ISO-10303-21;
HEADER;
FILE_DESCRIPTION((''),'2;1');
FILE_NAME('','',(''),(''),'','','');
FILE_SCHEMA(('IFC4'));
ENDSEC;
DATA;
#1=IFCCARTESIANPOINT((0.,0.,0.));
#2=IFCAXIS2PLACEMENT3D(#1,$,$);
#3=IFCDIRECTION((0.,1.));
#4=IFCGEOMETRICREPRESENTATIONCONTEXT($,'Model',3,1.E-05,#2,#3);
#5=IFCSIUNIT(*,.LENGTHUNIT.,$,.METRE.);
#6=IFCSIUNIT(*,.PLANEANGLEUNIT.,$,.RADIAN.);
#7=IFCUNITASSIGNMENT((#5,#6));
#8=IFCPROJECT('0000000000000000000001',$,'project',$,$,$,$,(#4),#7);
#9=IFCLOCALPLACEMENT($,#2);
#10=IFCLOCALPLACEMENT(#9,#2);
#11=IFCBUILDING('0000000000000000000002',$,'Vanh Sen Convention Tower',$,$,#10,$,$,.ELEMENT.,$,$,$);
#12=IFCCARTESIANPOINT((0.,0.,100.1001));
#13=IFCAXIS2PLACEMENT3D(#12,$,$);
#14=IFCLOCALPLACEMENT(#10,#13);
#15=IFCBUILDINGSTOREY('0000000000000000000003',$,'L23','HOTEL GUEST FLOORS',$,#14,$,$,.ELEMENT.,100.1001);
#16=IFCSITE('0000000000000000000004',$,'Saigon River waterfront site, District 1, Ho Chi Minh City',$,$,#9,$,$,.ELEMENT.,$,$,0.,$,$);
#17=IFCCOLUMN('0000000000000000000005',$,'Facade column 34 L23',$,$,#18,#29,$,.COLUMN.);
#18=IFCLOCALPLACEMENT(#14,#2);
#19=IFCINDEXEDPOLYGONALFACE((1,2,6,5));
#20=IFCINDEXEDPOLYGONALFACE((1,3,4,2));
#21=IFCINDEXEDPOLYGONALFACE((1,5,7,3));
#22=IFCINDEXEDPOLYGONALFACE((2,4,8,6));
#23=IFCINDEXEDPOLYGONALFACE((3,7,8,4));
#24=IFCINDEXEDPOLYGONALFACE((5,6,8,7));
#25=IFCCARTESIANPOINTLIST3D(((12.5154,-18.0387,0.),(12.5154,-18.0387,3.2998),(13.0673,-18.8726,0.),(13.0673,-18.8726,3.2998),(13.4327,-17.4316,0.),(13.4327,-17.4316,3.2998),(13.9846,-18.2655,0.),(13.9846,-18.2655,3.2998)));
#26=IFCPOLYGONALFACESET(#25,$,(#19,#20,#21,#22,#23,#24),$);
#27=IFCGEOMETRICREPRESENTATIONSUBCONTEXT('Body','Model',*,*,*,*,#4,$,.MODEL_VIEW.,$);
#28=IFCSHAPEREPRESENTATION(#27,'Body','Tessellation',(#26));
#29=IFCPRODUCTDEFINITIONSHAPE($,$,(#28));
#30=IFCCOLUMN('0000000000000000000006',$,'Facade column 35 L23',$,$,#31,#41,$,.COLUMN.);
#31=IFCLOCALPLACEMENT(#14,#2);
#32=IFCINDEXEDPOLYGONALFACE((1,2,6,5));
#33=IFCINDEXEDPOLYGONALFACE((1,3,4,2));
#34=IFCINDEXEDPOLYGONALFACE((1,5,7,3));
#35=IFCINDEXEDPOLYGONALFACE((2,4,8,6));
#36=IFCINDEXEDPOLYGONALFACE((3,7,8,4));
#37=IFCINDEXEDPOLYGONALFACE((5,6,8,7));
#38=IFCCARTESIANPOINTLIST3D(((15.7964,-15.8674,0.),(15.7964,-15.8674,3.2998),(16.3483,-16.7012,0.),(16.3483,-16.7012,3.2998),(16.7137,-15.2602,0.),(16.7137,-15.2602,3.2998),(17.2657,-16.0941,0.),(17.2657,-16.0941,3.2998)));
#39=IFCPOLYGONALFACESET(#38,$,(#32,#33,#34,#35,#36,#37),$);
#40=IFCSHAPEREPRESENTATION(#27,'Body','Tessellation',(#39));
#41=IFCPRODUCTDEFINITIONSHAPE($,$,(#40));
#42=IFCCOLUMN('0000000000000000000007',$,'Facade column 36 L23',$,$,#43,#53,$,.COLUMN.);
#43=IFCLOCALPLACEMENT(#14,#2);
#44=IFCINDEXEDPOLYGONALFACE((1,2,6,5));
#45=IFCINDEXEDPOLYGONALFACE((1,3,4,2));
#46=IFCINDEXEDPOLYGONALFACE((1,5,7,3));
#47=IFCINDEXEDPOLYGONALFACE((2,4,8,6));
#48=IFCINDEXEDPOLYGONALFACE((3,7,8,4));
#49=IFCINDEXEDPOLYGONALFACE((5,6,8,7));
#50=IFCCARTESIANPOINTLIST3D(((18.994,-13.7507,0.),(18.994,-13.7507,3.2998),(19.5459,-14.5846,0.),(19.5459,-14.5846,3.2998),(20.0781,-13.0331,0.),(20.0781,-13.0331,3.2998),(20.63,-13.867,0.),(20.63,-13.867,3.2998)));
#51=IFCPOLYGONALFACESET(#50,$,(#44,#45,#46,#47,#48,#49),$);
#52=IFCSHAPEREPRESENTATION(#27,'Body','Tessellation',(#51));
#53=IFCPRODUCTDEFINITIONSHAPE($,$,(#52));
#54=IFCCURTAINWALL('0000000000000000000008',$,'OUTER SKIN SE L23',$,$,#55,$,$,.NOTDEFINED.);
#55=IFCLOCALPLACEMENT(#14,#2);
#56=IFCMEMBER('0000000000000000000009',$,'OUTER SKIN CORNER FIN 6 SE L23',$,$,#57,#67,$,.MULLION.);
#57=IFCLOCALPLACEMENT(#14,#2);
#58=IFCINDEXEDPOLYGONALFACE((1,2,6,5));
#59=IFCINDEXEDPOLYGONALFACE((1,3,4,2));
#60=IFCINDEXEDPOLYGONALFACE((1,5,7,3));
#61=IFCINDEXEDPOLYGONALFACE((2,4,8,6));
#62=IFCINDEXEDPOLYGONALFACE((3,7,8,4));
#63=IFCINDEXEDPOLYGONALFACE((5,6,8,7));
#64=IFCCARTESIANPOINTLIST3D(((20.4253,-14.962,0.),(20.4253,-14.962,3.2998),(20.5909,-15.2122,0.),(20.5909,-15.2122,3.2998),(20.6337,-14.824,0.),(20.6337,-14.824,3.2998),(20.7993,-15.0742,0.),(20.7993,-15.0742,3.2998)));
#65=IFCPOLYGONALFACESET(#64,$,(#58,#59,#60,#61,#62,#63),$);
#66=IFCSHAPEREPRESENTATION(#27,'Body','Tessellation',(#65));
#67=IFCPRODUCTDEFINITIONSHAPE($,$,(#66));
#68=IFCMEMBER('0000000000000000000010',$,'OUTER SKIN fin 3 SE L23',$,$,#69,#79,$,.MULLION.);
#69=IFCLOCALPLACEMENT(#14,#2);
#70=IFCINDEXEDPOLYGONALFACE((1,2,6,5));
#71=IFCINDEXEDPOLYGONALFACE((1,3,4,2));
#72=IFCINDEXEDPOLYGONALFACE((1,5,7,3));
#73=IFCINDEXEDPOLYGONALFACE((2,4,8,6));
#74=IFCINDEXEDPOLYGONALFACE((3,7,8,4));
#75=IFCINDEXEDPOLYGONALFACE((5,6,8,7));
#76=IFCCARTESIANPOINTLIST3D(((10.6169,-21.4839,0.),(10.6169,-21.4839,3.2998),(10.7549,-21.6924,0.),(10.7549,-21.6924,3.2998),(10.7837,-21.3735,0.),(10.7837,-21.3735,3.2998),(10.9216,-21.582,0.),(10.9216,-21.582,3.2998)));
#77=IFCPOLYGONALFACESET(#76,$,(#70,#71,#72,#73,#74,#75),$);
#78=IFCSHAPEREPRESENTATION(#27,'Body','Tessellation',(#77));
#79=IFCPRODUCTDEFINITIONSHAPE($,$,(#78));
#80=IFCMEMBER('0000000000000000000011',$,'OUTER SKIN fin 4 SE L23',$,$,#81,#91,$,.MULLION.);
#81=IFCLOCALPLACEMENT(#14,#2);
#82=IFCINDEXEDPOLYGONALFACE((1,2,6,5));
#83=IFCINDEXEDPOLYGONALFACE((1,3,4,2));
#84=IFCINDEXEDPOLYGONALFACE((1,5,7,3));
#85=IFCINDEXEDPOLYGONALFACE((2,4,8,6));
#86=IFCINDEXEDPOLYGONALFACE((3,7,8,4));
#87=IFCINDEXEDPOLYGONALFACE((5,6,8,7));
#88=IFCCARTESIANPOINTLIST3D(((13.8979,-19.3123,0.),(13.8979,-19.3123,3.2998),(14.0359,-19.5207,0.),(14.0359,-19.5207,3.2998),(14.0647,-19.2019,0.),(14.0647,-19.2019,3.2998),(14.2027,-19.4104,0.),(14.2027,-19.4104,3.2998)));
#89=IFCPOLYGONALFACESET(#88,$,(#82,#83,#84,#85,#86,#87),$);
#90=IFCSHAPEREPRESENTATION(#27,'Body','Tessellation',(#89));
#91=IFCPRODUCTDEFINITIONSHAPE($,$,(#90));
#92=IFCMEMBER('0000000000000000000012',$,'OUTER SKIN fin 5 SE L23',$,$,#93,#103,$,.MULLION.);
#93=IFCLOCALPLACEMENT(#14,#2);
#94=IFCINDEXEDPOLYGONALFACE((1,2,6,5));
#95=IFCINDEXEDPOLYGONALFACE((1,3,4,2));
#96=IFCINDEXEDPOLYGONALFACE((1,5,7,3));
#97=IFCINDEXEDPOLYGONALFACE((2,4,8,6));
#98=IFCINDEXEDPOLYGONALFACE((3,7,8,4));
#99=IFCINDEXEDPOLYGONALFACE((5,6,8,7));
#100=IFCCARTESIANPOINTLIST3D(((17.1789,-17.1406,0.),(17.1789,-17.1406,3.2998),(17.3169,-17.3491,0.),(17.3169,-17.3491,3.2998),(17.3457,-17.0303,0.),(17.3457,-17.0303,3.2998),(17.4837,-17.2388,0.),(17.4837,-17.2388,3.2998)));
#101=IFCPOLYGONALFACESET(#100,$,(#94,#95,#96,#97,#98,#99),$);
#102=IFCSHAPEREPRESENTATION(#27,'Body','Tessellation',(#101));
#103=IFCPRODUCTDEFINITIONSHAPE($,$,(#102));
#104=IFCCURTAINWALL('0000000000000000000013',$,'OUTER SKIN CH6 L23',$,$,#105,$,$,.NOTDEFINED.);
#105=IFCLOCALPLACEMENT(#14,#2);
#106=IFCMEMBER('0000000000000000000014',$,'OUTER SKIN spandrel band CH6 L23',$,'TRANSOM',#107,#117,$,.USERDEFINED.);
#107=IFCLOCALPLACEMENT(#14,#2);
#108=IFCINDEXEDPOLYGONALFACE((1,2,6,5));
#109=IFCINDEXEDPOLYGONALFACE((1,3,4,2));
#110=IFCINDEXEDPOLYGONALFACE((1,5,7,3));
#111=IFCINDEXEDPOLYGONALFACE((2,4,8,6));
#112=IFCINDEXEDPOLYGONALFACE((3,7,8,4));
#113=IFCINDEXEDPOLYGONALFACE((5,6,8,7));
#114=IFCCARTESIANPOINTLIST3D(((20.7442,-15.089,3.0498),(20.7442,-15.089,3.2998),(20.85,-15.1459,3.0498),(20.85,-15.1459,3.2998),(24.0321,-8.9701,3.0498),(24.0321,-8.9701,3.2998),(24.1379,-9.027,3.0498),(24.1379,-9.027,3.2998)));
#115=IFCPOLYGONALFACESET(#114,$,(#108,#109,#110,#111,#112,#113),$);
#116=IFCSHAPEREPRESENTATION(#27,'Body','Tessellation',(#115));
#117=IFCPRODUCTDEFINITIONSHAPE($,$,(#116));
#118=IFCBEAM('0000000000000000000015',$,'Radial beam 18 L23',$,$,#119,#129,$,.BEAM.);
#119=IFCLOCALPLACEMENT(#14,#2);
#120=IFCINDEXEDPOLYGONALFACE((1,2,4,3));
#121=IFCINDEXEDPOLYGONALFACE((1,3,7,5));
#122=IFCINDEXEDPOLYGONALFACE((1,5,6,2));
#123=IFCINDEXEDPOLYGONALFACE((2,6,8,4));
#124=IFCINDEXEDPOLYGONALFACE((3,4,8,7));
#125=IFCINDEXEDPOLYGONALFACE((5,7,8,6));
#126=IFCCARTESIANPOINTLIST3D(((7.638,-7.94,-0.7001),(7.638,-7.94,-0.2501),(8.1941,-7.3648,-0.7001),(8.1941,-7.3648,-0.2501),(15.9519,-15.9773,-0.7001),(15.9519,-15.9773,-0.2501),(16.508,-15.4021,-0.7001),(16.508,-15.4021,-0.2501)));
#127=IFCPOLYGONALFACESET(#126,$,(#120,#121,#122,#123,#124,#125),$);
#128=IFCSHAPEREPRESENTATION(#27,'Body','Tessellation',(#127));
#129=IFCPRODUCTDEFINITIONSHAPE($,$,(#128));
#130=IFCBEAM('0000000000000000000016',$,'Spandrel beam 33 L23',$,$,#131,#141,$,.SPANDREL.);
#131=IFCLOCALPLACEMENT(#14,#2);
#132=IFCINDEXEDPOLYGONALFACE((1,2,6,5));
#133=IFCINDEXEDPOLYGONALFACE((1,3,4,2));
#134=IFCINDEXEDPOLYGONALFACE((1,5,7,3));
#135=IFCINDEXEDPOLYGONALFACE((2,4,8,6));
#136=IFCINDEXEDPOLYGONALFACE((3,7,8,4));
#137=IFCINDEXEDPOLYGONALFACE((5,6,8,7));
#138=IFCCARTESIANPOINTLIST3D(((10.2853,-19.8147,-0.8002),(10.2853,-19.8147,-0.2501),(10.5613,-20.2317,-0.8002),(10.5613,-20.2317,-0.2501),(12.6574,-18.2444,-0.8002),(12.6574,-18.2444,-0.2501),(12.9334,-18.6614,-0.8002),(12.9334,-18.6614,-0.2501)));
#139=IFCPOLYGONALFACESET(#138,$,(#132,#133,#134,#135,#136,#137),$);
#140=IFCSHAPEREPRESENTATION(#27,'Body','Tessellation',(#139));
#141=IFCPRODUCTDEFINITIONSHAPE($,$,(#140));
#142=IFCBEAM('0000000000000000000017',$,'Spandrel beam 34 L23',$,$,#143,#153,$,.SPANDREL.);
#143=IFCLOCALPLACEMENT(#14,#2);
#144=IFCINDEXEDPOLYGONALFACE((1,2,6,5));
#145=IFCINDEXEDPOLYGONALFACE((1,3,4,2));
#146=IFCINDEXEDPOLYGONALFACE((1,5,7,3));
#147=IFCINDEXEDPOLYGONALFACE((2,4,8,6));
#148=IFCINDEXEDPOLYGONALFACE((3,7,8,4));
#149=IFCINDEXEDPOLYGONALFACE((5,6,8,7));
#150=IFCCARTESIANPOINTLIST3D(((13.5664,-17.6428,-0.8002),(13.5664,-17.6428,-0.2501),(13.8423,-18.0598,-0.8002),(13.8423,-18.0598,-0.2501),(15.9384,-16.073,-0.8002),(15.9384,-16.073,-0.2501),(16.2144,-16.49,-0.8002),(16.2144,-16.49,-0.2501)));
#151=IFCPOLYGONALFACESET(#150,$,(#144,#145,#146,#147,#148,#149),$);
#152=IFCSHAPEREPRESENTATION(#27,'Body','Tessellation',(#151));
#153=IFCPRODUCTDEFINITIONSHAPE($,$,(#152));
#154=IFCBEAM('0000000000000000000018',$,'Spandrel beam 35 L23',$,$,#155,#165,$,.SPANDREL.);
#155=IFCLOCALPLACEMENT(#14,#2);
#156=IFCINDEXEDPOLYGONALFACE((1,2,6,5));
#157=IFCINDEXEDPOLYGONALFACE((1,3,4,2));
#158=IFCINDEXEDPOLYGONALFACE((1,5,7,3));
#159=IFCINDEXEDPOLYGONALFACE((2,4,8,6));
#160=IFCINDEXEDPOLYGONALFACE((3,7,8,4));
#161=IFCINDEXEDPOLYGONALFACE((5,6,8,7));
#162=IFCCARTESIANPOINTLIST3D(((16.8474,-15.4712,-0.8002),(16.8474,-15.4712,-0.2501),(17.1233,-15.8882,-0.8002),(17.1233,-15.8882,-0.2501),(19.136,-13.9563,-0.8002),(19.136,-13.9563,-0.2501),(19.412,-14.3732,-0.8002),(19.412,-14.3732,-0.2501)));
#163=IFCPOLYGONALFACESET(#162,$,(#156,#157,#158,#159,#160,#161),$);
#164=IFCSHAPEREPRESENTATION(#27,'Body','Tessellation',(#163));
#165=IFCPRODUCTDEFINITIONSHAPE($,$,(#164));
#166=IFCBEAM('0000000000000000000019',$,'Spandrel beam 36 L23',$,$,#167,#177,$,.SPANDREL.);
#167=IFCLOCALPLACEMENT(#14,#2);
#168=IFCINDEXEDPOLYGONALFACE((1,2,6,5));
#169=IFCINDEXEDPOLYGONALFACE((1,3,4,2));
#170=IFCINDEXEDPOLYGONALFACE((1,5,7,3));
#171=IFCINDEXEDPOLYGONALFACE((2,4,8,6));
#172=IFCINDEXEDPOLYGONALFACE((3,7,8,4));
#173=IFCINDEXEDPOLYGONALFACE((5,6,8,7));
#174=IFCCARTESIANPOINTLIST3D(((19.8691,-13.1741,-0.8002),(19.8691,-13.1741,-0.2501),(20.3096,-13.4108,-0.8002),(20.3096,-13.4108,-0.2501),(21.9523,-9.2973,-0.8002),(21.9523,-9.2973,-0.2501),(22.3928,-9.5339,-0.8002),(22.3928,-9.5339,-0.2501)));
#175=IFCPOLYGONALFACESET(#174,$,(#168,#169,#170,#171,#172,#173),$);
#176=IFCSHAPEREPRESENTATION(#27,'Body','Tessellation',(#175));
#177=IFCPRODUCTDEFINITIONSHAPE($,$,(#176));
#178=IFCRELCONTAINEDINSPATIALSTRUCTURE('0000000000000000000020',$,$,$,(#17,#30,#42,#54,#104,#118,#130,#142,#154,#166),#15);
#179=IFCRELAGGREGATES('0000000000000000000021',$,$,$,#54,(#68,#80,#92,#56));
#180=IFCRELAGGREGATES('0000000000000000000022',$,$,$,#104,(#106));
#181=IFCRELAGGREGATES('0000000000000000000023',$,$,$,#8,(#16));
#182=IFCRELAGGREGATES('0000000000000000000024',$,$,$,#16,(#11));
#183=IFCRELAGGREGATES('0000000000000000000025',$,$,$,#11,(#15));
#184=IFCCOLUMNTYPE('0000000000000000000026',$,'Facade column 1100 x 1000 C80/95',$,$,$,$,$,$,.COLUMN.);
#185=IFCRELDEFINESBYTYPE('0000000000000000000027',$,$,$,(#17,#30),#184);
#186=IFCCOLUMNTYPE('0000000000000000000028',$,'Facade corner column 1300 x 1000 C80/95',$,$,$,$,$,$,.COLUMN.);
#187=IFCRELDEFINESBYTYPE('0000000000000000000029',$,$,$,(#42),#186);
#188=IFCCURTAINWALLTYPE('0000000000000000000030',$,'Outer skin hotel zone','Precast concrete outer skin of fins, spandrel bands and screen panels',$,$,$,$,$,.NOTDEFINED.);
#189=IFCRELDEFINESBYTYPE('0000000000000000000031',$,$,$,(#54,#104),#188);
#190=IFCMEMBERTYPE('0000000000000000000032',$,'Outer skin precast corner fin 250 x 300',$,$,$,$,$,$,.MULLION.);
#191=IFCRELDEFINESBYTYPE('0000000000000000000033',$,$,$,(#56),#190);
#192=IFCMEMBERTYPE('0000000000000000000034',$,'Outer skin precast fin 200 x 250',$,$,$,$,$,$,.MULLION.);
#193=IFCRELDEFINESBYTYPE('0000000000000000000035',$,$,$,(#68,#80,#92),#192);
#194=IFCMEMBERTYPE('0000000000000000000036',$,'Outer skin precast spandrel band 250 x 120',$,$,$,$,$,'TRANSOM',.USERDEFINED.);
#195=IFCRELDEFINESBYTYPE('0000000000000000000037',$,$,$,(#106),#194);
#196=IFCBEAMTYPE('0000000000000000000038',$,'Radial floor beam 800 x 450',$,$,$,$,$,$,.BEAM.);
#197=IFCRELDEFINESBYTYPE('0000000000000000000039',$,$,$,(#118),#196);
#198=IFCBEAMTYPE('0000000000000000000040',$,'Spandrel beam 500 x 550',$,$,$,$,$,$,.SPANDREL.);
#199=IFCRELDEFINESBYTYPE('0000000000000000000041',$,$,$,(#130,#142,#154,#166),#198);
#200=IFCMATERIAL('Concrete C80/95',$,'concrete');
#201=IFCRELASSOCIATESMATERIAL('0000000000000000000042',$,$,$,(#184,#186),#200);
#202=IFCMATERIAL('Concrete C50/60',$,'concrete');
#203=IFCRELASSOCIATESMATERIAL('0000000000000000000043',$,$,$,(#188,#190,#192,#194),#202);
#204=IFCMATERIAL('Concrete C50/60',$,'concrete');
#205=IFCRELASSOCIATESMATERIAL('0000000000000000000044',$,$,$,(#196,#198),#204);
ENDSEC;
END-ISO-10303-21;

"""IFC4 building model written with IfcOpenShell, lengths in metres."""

from ifc_helpers import new_model, si_unit, direction, frame, origin, origin_2d, place, context, subcontext, project, spatial, rectangle, extrude, material, material_profile, profile_set, type_object, element, aggregate, save


model = new_model("IFC4")

# Units and contexts
model_context = context("Model", 3, precision=1e-05, world=origin(), true_north=direction((0.0, 1.0)))
body_context = subcontext(model_context, "Body", "Model", "MODEL_VIEW")
ifc_project = project(units=[si_unit("LENGTHUNIT", "METRE"), si_unit("PLANEANGLEUNIT", "RADIAN")], contexts=[model_context])

# Site, building, storey
site_placement = place(None, origin())
site = spatial("IfcSite", under=ifc_project, at=site_placement, Name="Saigon River waterfront site, District 1, Ho Chi Minh City", CompositionType="ELEMENT", RefElevation=0.0)
building_placement = place(site_placement, origin())
building = spatial("IfcBuilding", under=site, at=building_placement, Name="Vanh Sen Convention Tower", CompositionType="ELEMENT")
storey_placement = place(building_placement, frame((0.0, 0.0, 100.1001)))
storey = spatial("IfcBuildingStorey", under=building, at=storey_placement, Name="L23", Description="HOTEL GUEST FLOORS", CompositionType="ELEMENT", Elevation=100.1001)

# Columns
ifc_material_1 = material(Name="Concrete C80/95", Category="concrete")
ifc_material_profile_1 = material_profile(ifc_material_1, rectangle(XDim=1.1001, YDim=1.0, at=origin_2d()), Name="RC 1100X1000")
ifc_profile_set_1 = profile_set([ifc_material_profile_1], Name="Concrete C80/95")
column_type_1 = type_object("IfcColumnType", Name="Facade column 1100 x 1000 C80/95", PredefinedType="COLUMN", material=ifc_profile_set_1)
for number, where, z_axis, x_axis, name in (
    (1, (13.25, -18.1521, 0.0), (0.0, 0.0, 1.0), (0.833886, 0.551937, 0.0), "Facade column 34 L23"),
    (2, (16.531, -15.9807, 0.0), (0.0, 0.0, 1.0), (0.833886, 0.551937, 0.0), "Facade column 35 L23"),
):
    element("IfcColumn", number, at=place(storey_placement, frame(where, z_axis=z_axis, x_axis=x_axis)), inside=storey, type_object=column_type_1, Name=name, PredefinedType="COLUMN", context=body_context, shape_type="SweptSolid", body=[
        extrude(rectangle(XDim=1.1001, YDim=1.0, at=origin_2d()), origin(), (0.0, 0.0, 1.0), 3.2998),
    ])
ifc_material_profile_2 = material_profile(ifc_material_1, rectangle(XDim=1.3, YDim=1.0, at=origin_2d()), Name="RC 1300X1000")
ifc_profile_set_2 = profile_set([ifc_material_profile_2], Name="Concrete C80/95")
column_type_2 = type_object("IfcColumnType", Name="Facade corner column 1300 x 1000 C80/95", PredefinedType="COLUMN", material=ifc_profile_set_2)
column_placement = place(storey_placement, frame((19.812, -13.8088, 0.0), z_axis=(0.0, 0.0, 1.0), x_axis=(0.833886, 0.551937, 0.0)))
element("IfcColumn", 3, at=column_placement, inside=storey, type_object=column_type_2, Name="Facade column 36 L23", PredefinedType="COLUMN", context=body_context, shape_type="SweptSolid", body=[
    extrude(rectangle(XDim=1.3, YDim=1.0, at=origin_2d()), origin(), (0.0, 0.0, 1.0), 3.2998),
])

# Curtain wall, members
ifc_material_2 = material(Name="Concrete C50/60", Category="concrete")
curtain_wall_type = type_object("IfcCurtainWallType", Name="Outer skin hotel zone", Description="Precast concrete outer skin of fins, spandrel bands and screen panels", PredefinedType="NOTDEFINED", material=ifc_material_2)
curtain_wall_1_placement = place(storey_placement, origin())
curtain_wall_1 = element("IfcCurtainWall", 4, at=curtain_wall_1_placement, inside=storey, type_object=curtain_wall_type, Name="OUTER SKIN SE L23", PredefinedType="NOTDEFINED")
ifc_material_profile_3 = material_profile(ifc_material_2, rectangle(XDim=0.25, YDim=0.3, at=origin_2d()), Name="Outer skin precast corner fin 250 x 300")
ifc_profile_set_3 = profile_set([ifc_material_profile_3], Name="Concrete C50/60")
member_type_1 = type_object("IfcMemberType", Name="Outer skin precast corner fin 250 x 300", PredefinedType="MULLION", material=ifc_profile_set_3)
member_1_placement = place(storey_placement, frame((20.6123, -15.0181, 0.0), z_axis=(0.0, 0.0, 1.0), x_axis=(0.833886, 0.551937, 0.0)))
member_1 = element("IfcMember", 5, at=member_1_placement, type_object=member_type_1, Name="OUTER SKIN CORNER FIN 6 SE L23", PredefinedType="MULLION", context=body_context, shape_type="SweptSolid", body=[
    extrude(rectangle(XDim=0.25, YDim=0.3, at=origin_2d()), origin(), (0.0, 0.0, 1.0), 3.2998),
])
ifc_material_profile_4 = material_profile(ifc_material_2, rectangle(XDim=0.2, YDim=0.25, at=origin_2d()), Name="Outer skin precast fin 200 x 250")
ifc_profile_set_4 = profile_set([ifc_material_profile_4], Name="Concrete C50/60")
member_type_2 = type_object("IfcMemberType", Name="Outer skin precast fin 200 x 250", PredefinedType="MULLION", material=ifc_profile_set_4)
member_2_placement = place(storey_placement, frame((10.7693, -21.533, 0.0), z_axis=(0.0, 0.0, 1.0), x_axis=(0.833886, 0.551937, 0.0)))
member_2 = element("IfcMember", 6, at=member_2_placement, type_object=member_type_2, Name="OUTER SKIN fin 3 SE L23", PredefinedType="MULLION", context=body_context, shape_type="SweptSolid", body=[
    extrude(rectangle(XDim=0.2, YDim=0.25, at=origin_2d()), origin(), (0.0, 0.0, 1.0), 3.2998),
])
member_3_placement = place(storey_placement, frame((14.0503, -19.3613, 0.0), z_axis=(0.0, 0.0, 1.0), x_axis=(0.833886, 0.551937, 0.0)))
member_3 = element("IfcMember", 7, at=member_3_placement, type_object=member_type_2, Name="OUTER SKIN fin 4 SE L23", PredefinedType="MULLION", context=body_context, shape_type="SweptSolid", body=[
    extrude(rectangle(XDim=0.2, YDim=0.25, at=origin_2d()), origin(), (0.0, 0.0, 1.0), 3.2998),
])
member_4_placement = place(storey_placement, frame((17.3313, -17.1897, 0.0), z_axis=(0.0, 0.0, 1.0), x_axis=(0.833886, 0.551937, 0.0)))
member_4 = element("IfcMember", 8, at=member_4_placement, type_object=member_type_2, Name="OUTER SKIN fin 5 SE L23", PredefinedType="MULLION", context=body_context, shape_type="SweptSolid", body=[
    extrude(rectangle(XDim=0.2, YDim=0.25, at=origin_2d()), origin(), (0.0, 0.0, 1.0), 3.2998),
])

# Curtain wall, member
curtain_wall_2_placement = place(storey_placement, origin())
curtain_wall_2 = element("IfcCurtainWall", 9, at=curtain_wall_2_placement, inside=storey, type_object=curtain_wall_type, Name="OUTER SKIN CH6 L23", PredefinedType="NOTDEFINED")
ifc_material_profile_5 = material_profile(ifc_material_2, rectangle(XDim=0.1201, YDim=0.25, at=origin_2d()), Name="Outer skin precast spandrel band 250 x 120")
ifc_profile_set_5 = profile_set([ifc_material_profile_5], Name="Concrete C50/60")
member_type_3 = type_object("IfcMemberType", Name="Outer skin precast spandrel band 250 x 120", ElementType="TRANSOM", PredefinedType="USERDEFINED", material=ifc_profile_set_5)
member_5_placement = place(storey_placement, frame((20.7971, -15.1174, 3.1748), z_axis=(0.473324, 0.880888, 0.0), x_axis=(-0.880888, 0.473324, 0.0)))
member_5 = element("IfcMember", 10, at=member_5_placement, type_object=member_type_3, Name="OUTER SKIN spandrel band CH6 L23", ObjectType="TRANSOM", PredefinedType="USERDEFINED", context=body_context, shape_type="SweptSolid", body=[
    extrude(rectangle(XDim=0.1201, YDim=0.25, at=origin_2d()), origin(), (0.0, 0.0, 1.0), 6.9463),
])

# Beams
ifc_material_3 = material(Name="Concrete C50/60", Category="concrete")
ifc_material_profile_6 = material_profile(ifc_material_3, rectangle(XDim=0.8, YDim=0.45, at=origin_2d()), Name="RC 800X450")
ifc_profile_set_6 = profile_set([ifc_material_profile_6], Name="Concrete C50/60")
beam_type_1 = type_object("IfcBeamType", Name="Radial floor beam 800 x 450", PredefinedType="BEAM", material=ifc_profile_set_6)
beam_1_placement = place(storey_placement, frame((16.23, -15.6897, -0.4751), z_axis=(-0.718966, 0.695045, 0.0), x_axis=(-0.695045, -0.718966, 0.0)))
element("IfcBeam", 11, at=beam_1_placement, inside=storey, type_object=beam_type_1, Name="Radial beam 18 L23", PredefinedType="BEAM", context=body_context, shape_type="SweptSolid", body=[
    extrude(rectangle(XDim=0.8, YDim=0.45, at=origin_2d()), origin(), (0.0, 0.0, 1.0), 11.5637),
])
ifc_material_profile_7 = material_profile(ifc_material_3, rectangle(XDim=0.5, YDim=0.55, at=origin_2d()), Name="RC 500X550")
ifc_profile_set_7 = profile_set([ifc_material_profile_7], Name="Concrete C50/60")
beam_type_2 = type_object("IfcBeamType", Name="Spandrel beam 500 x 550", PredefinedType="SPANDREL", material=ifc_profile_set_7)
beam_2_placement = place(storey_placement, frame((10.4233, -20.0232, -0.5251), z_axis=(0.833842, 0.552004, 0.0), x_axis=(-0.552004, 0.833842, 0.0)))
element("IfcBeam", 12, at=beam_2_placement, inside=storey, type_object=beam_type_2, Name="Spandrel beam 33 L23", PredefinedType="SPANDREL", context=body_context, shape_type="SweptSolid", body=[
    extrude(rectangle(XDim=0.5, YDim=0.55, at=origin_2d()), origin(), (0.0, 0.0, 1.0), 2.8447),
])
beam_3_placement = place(storey_placement, frame((13.7043, -17.8513, -0.5251), z_axis=(0.833921, 0.551884, 0.0), x_axis=(-0.551884, 0.833921, 0.0)))
element("IfcBeam", 13, at=beam_3_placement, inside=storey, type_object=beam_type_2, Name="Spandrel beam 34 L23", PredefinedType="SPANDREL", context=body_context, shape_type="SweptSolid", body=[
    extrude(rectangle(XDim=0.5, YDim=0.55, at=origin_2d()), origin(), (0.0, 0.0, 1.0), 2.8445),
])
beam_4_placement = place(storey_placement, frame((16.9854, -15.6797, -0.5251), z_axis=(0.833866, 0.551967, 0.0), x_axis=(-0.551967, 0.833866, 0.0)))
element("IfcBeam", 14, at=beam_4_placement, inside=storey, type_object=beam_type_2, Name="Spandrel beam 35 L23", PredefinedType="SPANDREL", context=body_context, shape_type="SweptSolid", body=[
    extrude(rectangle(XDim=0.5, YDim=0.55, at=origin_2d()), origin(), (0.0, 0.0, 1.0), 2.7446),
])
beam_5_placement = place(storey_placement, frame((20.0894, -13.2925, -0.5251), z_axis=(0.473336, 0.880882, 0.0), x_axis=(-0.880882, 0.473336, 0.0)))
element("IfcBeam", 15, at=beam_5_placement, inside=storey, type_object=beam_type_2, Name="Spandrel beam 36 L23", PredefinedType="SPANDREL", context=body_context, shape_type="SweptSolid", body=[
    extrude(rectangle(XDim=0.5, YDim=0.55, at=origin_2d()), origin(), (0.0, 0.0, 1.0), 4.4011),
])

aggregate(curtain_wall_1, [member_2, member_3, member_4, member_1])
aggregate(curtain_wall_2, [member_5])

save(model, "model.ifc")
